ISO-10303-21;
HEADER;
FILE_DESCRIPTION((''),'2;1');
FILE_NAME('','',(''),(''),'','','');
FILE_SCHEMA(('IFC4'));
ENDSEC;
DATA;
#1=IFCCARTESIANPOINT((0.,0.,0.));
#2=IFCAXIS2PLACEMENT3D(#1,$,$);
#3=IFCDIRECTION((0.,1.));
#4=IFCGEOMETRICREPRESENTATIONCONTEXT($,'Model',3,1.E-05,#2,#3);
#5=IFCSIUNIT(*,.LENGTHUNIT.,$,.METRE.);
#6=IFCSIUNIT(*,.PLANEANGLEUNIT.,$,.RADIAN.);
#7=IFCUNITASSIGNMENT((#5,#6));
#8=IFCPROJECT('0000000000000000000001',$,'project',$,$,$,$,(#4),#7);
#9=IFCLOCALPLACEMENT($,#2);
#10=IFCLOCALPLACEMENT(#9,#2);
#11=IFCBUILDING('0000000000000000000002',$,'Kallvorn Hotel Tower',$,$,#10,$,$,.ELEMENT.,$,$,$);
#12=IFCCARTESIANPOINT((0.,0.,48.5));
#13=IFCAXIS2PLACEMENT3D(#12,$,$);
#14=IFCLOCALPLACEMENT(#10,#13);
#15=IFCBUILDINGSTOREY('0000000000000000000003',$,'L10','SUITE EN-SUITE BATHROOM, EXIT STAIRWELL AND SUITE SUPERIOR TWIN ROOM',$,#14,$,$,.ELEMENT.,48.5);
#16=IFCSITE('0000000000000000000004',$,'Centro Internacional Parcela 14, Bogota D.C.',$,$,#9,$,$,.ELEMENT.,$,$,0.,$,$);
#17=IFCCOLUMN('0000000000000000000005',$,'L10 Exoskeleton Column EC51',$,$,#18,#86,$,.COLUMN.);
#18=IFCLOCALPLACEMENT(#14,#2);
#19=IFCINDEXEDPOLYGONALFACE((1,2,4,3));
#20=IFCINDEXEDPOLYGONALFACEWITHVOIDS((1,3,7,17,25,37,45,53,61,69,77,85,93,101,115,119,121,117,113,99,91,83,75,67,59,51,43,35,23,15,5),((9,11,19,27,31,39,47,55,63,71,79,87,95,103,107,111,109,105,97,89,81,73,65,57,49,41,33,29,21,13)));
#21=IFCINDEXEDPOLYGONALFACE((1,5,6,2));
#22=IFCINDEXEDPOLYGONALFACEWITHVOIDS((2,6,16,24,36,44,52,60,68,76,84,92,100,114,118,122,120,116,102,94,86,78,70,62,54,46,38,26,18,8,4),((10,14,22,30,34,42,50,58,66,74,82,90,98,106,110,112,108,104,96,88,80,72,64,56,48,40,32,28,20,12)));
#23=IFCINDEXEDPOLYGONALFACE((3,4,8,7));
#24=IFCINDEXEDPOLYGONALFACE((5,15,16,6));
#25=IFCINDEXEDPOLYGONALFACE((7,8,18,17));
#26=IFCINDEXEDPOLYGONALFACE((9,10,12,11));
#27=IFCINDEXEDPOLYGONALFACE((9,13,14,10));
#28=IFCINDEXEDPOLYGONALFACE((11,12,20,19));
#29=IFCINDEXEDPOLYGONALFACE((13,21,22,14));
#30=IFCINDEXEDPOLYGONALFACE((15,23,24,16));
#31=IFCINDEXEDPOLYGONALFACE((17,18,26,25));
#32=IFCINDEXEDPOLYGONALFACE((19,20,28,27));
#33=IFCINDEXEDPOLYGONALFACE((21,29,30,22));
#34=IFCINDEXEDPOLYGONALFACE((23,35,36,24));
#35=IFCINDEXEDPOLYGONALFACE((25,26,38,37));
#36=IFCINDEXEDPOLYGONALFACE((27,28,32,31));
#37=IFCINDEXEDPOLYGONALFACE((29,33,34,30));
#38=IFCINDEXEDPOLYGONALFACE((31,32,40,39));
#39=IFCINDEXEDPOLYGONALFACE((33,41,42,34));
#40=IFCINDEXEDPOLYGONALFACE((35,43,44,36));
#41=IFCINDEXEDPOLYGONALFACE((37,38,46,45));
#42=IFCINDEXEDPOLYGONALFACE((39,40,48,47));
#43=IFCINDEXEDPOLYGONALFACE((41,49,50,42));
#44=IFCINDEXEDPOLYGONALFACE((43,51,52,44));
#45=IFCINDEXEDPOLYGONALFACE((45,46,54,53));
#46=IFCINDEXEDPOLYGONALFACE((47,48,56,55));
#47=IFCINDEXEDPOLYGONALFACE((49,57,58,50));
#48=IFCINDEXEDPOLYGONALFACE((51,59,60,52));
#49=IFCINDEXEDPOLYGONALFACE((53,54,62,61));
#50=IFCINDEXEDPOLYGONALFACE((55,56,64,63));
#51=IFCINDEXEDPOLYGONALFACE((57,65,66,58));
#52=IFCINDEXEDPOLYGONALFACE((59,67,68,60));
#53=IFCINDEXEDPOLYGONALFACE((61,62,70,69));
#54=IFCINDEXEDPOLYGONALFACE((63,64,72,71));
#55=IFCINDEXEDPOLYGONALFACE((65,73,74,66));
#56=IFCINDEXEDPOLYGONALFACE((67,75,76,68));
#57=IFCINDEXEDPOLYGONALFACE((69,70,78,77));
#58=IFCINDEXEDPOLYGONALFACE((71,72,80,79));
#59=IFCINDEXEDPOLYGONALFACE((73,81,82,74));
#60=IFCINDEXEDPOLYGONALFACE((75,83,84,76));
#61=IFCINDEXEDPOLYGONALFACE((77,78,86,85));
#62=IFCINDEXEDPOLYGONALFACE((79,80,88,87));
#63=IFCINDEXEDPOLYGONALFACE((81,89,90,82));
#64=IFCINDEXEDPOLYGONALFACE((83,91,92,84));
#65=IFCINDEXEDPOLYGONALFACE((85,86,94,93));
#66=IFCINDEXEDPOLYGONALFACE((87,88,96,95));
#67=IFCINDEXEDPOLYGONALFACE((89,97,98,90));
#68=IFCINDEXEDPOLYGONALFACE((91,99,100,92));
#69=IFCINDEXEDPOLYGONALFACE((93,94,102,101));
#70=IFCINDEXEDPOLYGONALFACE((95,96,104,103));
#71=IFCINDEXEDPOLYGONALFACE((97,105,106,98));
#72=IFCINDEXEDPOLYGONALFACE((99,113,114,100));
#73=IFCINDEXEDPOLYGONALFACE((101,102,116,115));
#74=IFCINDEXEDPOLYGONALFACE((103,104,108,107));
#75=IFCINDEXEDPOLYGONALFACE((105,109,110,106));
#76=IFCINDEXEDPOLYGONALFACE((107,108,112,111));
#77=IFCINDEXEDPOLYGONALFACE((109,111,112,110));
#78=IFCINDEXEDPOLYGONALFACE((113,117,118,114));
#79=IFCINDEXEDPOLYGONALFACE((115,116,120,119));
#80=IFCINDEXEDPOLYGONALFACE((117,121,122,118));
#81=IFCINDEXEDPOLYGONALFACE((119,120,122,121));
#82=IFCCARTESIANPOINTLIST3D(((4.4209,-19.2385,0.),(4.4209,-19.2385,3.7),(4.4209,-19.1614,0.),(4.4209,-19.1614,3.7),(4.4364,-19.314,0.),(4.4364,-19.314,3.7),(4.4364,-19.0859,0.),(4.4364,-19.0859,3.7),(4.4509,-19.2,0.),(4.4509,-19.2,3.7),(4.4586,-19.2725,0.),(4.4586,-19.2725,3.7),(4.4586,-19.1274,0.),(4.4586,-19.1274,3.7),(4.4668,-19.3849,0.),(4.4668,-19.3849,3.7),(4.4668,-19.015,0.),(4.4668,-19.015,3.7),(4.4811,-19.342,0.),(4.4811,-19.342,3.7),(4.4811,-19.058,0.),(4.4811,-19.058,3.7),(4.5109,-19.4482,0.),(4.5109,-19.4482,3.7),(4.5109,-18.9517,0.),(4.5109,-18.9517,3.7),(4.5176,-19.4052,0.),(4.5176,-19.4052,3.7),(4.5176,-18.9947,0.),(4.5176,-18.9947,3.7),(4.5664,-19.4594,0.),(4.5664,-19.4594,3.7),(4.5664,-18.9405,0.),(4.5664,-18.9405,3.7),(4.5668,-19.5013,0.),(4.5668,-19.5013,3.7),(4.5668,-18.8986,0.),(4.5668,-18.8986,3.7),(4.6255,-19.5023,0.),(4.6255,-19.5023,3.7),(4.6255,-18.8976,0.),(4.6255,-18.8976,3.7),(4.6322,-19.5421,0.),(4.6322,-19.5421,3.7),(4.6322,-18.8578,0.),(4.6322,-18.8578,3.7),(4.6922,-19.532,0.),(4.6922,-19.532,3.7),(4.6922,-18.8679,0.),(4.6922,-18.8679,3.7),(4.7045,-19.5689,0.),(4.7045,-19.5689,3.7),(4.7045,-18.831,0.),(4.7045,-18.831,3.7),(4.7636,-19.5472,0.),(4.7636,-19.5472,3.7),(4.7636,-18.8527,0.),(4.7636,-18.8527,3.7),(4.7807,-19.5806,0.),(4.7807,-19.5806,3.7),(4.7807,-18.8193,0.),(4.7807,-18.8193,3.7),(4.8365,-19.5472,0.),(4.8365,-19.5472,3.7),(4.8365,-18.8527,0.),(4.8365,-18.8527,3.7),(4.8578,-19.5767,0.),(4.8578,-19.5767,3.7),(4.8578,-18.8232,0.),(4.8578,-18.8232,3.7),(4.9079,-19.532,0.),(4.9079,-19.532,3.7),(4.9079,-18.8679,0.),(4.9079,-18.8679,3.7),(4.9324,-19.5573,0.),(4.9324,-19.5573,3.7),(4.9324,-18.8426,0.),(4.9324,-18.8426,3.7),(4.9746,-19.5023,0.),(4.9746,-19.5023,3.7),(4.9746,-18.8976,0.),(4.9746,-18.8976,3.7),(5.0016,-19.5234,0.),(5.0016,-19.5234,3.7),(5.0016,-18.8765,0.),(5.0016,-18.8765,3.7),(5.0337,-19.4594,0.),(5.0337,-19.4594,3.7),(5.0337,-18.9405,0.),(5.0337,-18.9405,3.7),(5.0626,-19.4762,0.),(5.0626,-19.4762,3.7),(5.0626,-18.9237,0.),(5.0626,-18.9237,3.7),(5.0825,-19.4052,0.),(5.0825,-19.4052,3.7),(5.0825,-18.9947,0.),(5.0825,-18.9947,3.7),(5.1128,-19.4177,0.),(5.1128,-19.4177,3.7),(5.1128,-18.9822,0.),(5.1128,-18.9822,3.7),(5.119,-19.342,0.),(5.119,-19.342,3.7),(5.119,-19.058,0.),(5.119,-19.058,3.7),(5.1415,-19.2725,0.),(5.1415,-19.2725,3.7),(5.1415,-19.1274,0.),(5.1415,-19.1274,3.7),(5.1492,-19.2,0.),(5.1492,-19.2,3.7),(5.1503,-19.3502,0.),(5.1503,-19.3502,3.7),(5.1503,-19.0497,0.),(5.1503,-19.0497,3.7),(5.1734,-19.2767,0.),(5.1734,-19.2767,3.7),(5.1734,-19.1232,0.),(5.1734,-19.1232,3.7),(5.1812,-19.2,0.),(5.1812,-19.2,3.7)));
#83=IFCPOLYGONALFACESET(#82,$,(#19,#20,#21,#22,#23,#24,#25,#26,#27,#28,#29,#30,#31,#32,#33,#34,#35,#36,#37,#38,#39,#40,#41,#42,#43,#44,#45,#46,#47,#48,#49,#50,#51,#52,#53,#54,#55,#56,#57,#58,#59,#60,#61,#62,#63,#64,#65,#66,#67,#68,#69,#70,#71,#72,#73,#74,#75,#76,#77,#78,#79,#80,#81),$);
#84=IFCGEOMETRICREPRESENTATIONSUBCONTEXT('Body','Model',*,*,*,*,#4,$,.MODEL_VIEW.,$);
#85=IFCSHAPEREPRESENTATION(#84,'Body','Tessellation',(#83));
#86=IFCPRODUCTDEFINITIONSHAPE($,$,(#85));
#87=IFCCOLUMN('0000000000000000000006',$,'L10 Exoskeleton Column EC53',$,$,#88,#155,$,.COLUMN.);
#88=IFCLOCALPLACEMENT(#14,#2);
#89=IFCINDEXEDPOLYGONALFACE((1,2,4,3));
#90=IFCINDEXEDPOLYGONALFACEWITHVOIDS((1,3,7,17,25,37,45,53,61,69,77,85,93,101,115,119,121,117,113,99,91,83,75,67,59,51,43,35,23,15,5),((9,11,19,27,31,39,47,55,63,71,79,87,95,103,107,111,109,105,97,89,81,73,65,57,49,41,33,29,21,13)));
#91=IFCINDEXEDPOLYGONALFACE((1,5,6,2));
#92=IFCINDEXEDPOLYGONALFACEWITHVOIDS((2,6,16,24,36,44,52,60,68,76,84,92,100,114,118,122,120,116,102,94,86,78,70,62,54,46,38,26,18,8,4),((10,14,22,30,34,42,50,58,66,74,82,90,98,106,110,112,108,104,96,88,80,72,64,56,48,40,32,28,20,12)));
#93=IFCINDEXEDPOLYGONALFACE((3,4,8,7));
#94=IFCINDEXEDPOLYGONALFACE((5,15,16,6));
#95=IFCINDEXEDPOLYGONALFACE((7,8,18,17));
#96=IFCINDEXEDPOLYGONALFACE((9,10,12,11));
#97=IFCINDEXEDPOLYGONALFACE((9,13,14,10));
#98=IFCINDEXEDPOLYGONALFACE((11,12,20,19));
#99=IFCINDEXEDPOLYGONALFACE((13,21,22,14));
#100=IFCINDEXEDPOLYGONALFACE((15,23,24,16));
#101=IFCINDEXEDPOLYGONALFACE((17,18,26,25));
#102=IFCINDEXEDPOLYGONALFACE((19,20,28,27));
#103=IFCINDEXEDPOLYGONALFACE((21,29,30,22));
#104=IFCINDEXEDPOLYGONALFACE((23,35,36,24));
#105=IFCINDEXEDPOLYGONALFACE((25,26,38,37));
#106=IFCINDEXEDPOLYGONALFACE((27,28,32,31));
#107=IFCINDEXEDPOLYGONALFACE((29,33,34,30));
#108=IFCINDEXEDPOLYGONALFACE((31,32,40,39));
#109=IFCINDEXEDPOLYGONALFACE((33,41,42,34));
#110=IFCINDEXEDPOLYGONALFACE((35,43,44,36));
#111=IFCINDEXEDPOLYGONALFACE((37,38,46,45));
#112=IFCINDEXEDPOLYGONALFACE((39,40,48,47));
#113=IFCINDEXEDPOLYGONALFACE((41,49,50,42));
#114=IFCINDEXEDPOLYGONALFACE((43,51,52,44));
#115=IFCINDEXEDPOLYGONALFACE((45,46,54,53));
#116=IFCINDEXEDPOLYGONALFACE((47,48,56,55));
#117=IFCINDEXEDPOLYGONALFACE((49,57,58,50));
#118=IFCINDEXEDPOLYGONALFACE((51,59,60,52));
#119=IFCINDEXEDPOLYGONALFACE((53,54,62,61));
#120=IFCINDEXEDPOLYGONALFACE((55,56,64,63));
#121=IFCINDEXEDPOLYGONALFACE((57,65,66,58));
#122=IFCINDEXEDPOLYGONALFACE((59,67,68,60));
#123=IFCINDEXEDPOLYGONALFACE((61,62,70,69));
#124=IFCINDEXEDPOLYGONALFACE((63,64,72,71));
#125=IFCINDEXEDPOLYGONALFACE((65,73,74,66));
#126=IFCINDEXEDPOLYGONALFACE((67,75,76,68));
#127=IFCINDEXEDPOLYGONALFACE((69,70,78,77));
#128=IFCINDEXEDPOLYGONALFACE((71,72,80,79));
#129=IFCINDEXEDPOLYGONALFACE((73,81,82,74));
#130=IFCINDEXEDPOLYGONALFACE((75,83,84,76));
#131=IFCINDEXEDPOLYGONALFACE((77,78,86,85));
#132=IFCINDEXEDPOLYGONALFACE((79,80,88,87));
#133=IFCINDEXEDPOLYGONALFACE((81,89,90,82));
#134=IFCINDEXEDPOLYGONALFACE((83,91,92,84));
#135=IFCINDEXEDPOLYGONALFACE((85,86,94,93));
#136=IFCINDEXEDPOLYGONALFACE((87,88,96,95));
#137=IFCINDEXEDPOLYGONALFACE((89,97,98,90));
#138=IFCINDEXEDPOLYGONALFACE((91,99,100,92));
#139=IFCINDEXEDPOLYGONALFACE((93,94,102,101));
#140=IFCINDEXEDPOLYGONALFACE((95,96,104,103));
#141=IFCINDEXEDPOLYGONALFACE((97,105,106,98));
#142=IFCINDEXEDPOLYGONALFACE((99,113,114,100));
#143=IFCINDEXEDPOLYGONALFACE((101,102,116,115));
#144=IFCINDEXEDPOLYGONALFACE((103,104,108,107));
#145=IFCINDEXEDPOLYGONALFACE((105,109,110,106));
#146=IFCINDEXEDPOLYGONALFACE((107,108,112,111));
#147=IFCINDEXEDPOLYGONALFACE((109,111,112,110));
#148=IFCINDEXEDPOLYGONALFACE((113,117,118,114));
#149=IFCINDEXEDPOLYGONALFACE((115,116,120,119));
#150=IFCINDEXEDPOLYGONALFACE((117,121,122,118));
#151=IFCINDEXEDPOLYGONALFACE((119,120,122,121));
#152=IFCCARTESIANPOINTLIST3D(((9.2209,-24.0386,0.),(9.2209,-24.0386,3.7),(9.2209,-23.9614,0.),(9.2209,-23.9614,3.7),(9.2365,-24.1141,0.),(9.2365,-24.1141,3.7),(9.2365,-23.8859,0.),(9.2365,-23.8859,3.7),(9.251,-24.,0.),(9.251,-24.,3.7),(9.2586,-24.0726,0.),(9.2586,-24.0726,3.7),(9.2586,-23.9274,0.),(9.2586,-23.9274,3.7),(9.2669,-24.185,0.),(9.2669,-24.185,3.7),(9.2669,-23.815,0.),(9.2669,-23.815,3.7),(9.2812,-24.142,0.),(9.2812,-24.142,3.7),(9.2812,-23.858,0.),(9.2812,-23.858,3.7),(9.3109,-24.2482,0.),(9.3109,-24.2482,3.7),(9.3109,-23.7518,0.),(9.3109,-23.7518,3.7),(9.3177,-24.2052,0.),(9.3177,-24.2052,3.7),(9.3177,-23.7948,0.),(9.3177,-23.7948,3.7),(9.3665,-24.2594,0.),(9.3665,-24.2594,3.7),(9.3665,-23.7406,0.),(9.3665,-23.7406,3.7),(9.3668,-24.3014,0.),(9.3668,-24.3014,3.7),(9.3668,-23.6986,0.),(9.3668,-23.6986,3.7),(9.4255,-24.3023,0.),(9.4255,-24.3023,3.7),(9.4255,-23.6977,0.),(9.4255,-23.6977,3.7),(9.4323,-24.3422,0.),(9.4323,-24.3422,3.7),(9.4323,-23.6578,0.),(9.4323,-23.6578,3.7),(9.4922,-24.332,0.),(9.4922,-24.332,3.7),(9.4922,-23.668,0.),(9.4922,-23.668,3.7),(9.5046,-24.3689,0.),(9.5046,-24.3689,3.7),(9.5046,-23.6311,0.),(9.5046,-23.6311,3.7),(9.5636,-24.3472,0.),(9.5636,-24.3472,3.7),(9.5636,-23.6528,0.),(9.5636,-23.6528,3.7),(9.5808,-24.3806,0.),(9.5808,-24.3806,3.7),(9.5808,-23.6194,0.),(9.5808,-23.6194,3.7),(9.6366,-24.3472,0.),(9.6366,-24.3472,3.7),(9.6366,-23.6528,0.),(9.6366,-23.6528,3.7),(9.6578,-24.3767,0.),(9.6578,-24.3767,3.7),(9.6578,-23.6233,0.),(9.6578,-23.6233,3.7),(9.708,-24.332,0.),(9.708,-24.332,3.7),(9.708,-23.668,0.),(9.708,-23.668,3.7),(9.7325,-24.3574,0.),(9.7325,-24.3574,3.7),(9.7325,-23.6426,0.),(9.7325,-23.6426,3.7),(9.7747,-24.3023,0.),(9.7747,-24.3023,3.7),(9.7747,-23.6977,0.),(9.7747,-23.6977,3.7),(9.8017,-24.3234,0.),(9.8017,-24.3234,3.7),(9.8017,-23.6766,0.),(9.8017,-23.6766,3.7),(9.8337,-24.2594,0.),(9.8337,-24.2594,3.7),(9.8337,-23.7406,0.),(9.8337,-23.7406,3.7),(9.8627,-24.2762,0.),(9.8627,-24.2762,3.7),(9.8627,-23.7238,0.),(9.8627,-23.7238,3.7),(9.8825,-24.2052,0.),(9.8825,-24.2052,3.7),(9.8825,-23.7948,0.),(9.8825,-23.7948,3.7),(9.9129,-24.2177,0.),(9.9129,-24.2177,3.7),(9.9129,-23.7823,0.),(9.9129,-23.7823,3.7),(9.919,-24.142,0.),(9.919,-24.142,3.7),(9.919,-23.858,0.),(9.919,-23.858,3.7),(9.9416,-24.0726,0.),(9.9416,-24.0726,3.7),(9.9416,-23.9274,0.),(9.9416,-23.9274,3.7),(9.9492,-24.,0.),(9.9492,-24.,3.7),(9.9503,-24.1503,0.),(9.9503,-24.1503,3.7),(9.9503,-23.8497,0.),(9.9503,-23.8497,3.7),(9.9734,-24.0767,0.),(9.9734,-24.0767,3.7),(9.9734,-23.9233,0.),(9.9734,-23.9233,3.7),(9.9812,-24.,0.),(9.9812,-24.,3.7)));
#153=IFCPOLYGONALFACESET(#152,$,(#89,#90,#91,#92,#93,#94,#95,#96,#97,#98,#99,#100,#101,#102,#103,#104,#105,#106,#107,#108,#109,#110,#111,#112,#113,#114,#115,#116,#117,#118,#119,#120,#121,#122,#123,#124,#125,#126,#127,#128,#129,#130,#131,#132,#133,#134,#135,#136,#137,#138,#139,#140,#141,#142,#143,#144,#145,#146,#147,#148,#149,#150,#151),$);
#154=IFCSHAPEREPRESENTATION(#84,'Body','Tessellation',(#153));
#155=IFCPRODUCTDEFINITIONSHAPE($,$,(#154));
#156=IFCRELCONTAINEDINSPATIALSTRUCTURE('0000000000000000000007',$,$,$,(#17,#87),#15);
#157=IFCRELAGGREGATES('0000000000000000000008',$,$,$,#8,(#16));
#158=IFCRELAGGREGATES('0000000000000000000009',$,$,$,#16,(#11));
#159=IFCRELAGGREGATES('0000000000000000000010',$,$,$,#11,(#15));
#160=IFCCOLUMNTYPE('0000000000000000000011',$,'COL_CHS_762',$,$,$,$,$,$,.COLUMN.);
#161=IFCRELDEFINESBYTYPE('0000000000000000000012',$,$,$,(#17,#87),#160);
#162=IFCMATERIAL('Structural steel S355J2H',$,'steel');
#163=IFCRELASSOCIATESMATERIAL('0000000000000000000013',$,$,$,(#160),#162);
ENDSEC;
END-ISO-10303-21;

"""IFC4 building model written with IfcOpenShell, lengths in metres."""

from ifc_helpers import new_model, si_unit, direction, frame, origin, origin_2d, place, context, subcontext, project, spatial, hollow_circle, extrude, material, material_profile, profile_set, type_object, element, save


model = new_model("IFC4")

# Units and contexts
model_context = context("Model", 3, precision=1e-05, world=origin(), true_north=direction((0.0, 1.0)))
body_context = subcontext(model_context, "Body", "Model", "MODEL_VIEW")
ifc_project = project(units=[si_unit("LENGTHUNIT", "METRE"), si_unit("PLANEANGLEUNIT", "RADIAN")], contexts=[model_context])

# Site, building, storey
site_placement = place(None, origin())
site = spatial("IfcSite", under=ifc_project, at=site_placement, Name="Centro Internacional Parcela 14, Bogota D.C.", CompositionType="ELEMENT", RefElevation=0.0)
building_placement = place(site_placement, origin())
building = spatial("IfcBuilding", under=site, at=building_placement, Name="Kallvorn Hotel Tower", CompositionType="ELEMENT")
storey_placement = place(building_placement, frame((0.0, 0.0, 48.5)))
storey = spatial("IfcBuildingStorey", under=building, at=storey_placement, Name="L10", Description="SUITE EN-SUITE BATHROOM, EXIT STAIRWELL AND SUITE SUPERIOR TWIN ROOM", CompositionType="ELEMENT", Elevation=48.5)

# Columns
ifc_material_1 = material(Name="Structural steel S355J2H", Category="steel")
ifc_material_profile_1 = material_profile(ifc_material_1, hollow_circle(Radius=0.3811, WallThickness=0.032, at=origin_2d()), Name="CHS 762x32")
ifc_profile_set_1 = profile_set([ifc_material_profile_1], Name="Structural steel S355J2H")
column_type_1 = type_object("IfcColumnType", Name="COL_CHS_762", PredefinedType="COLUMN", material=ifc_profile_set_1)
for number, where, z_axis, x_axis, name in (
    (1, (4.8, -19.2, 0.0), (0.0, 0.0, 1.0), (1.0, 0.0, 0.0), "L10 Exoskeleton Column EC51"),
    (2, (9.6001, -24.0, 0.0), (0.0, 0.0, 1.0), (1.0, 0.0, 0.0), "L10 Exoskeleton Column EC53"),
):
    element("IfcColumn", number, at=place(storey_placement, frame(where, z_axis=z_axis, x_axis=x_axis)), inside=storey, type_object=column_type_1, Name=name, PredefinedType="COLUMN", context=body_context, shape_type="SweptSolid", body=[
        extrude(hollow_circle(Radius=0.3811, WallThickness=0.032, at=origin_2d()), origin(), (0.0, 0.0, 1.0), 3.7),
    ])

save(model, "model.ifc")
